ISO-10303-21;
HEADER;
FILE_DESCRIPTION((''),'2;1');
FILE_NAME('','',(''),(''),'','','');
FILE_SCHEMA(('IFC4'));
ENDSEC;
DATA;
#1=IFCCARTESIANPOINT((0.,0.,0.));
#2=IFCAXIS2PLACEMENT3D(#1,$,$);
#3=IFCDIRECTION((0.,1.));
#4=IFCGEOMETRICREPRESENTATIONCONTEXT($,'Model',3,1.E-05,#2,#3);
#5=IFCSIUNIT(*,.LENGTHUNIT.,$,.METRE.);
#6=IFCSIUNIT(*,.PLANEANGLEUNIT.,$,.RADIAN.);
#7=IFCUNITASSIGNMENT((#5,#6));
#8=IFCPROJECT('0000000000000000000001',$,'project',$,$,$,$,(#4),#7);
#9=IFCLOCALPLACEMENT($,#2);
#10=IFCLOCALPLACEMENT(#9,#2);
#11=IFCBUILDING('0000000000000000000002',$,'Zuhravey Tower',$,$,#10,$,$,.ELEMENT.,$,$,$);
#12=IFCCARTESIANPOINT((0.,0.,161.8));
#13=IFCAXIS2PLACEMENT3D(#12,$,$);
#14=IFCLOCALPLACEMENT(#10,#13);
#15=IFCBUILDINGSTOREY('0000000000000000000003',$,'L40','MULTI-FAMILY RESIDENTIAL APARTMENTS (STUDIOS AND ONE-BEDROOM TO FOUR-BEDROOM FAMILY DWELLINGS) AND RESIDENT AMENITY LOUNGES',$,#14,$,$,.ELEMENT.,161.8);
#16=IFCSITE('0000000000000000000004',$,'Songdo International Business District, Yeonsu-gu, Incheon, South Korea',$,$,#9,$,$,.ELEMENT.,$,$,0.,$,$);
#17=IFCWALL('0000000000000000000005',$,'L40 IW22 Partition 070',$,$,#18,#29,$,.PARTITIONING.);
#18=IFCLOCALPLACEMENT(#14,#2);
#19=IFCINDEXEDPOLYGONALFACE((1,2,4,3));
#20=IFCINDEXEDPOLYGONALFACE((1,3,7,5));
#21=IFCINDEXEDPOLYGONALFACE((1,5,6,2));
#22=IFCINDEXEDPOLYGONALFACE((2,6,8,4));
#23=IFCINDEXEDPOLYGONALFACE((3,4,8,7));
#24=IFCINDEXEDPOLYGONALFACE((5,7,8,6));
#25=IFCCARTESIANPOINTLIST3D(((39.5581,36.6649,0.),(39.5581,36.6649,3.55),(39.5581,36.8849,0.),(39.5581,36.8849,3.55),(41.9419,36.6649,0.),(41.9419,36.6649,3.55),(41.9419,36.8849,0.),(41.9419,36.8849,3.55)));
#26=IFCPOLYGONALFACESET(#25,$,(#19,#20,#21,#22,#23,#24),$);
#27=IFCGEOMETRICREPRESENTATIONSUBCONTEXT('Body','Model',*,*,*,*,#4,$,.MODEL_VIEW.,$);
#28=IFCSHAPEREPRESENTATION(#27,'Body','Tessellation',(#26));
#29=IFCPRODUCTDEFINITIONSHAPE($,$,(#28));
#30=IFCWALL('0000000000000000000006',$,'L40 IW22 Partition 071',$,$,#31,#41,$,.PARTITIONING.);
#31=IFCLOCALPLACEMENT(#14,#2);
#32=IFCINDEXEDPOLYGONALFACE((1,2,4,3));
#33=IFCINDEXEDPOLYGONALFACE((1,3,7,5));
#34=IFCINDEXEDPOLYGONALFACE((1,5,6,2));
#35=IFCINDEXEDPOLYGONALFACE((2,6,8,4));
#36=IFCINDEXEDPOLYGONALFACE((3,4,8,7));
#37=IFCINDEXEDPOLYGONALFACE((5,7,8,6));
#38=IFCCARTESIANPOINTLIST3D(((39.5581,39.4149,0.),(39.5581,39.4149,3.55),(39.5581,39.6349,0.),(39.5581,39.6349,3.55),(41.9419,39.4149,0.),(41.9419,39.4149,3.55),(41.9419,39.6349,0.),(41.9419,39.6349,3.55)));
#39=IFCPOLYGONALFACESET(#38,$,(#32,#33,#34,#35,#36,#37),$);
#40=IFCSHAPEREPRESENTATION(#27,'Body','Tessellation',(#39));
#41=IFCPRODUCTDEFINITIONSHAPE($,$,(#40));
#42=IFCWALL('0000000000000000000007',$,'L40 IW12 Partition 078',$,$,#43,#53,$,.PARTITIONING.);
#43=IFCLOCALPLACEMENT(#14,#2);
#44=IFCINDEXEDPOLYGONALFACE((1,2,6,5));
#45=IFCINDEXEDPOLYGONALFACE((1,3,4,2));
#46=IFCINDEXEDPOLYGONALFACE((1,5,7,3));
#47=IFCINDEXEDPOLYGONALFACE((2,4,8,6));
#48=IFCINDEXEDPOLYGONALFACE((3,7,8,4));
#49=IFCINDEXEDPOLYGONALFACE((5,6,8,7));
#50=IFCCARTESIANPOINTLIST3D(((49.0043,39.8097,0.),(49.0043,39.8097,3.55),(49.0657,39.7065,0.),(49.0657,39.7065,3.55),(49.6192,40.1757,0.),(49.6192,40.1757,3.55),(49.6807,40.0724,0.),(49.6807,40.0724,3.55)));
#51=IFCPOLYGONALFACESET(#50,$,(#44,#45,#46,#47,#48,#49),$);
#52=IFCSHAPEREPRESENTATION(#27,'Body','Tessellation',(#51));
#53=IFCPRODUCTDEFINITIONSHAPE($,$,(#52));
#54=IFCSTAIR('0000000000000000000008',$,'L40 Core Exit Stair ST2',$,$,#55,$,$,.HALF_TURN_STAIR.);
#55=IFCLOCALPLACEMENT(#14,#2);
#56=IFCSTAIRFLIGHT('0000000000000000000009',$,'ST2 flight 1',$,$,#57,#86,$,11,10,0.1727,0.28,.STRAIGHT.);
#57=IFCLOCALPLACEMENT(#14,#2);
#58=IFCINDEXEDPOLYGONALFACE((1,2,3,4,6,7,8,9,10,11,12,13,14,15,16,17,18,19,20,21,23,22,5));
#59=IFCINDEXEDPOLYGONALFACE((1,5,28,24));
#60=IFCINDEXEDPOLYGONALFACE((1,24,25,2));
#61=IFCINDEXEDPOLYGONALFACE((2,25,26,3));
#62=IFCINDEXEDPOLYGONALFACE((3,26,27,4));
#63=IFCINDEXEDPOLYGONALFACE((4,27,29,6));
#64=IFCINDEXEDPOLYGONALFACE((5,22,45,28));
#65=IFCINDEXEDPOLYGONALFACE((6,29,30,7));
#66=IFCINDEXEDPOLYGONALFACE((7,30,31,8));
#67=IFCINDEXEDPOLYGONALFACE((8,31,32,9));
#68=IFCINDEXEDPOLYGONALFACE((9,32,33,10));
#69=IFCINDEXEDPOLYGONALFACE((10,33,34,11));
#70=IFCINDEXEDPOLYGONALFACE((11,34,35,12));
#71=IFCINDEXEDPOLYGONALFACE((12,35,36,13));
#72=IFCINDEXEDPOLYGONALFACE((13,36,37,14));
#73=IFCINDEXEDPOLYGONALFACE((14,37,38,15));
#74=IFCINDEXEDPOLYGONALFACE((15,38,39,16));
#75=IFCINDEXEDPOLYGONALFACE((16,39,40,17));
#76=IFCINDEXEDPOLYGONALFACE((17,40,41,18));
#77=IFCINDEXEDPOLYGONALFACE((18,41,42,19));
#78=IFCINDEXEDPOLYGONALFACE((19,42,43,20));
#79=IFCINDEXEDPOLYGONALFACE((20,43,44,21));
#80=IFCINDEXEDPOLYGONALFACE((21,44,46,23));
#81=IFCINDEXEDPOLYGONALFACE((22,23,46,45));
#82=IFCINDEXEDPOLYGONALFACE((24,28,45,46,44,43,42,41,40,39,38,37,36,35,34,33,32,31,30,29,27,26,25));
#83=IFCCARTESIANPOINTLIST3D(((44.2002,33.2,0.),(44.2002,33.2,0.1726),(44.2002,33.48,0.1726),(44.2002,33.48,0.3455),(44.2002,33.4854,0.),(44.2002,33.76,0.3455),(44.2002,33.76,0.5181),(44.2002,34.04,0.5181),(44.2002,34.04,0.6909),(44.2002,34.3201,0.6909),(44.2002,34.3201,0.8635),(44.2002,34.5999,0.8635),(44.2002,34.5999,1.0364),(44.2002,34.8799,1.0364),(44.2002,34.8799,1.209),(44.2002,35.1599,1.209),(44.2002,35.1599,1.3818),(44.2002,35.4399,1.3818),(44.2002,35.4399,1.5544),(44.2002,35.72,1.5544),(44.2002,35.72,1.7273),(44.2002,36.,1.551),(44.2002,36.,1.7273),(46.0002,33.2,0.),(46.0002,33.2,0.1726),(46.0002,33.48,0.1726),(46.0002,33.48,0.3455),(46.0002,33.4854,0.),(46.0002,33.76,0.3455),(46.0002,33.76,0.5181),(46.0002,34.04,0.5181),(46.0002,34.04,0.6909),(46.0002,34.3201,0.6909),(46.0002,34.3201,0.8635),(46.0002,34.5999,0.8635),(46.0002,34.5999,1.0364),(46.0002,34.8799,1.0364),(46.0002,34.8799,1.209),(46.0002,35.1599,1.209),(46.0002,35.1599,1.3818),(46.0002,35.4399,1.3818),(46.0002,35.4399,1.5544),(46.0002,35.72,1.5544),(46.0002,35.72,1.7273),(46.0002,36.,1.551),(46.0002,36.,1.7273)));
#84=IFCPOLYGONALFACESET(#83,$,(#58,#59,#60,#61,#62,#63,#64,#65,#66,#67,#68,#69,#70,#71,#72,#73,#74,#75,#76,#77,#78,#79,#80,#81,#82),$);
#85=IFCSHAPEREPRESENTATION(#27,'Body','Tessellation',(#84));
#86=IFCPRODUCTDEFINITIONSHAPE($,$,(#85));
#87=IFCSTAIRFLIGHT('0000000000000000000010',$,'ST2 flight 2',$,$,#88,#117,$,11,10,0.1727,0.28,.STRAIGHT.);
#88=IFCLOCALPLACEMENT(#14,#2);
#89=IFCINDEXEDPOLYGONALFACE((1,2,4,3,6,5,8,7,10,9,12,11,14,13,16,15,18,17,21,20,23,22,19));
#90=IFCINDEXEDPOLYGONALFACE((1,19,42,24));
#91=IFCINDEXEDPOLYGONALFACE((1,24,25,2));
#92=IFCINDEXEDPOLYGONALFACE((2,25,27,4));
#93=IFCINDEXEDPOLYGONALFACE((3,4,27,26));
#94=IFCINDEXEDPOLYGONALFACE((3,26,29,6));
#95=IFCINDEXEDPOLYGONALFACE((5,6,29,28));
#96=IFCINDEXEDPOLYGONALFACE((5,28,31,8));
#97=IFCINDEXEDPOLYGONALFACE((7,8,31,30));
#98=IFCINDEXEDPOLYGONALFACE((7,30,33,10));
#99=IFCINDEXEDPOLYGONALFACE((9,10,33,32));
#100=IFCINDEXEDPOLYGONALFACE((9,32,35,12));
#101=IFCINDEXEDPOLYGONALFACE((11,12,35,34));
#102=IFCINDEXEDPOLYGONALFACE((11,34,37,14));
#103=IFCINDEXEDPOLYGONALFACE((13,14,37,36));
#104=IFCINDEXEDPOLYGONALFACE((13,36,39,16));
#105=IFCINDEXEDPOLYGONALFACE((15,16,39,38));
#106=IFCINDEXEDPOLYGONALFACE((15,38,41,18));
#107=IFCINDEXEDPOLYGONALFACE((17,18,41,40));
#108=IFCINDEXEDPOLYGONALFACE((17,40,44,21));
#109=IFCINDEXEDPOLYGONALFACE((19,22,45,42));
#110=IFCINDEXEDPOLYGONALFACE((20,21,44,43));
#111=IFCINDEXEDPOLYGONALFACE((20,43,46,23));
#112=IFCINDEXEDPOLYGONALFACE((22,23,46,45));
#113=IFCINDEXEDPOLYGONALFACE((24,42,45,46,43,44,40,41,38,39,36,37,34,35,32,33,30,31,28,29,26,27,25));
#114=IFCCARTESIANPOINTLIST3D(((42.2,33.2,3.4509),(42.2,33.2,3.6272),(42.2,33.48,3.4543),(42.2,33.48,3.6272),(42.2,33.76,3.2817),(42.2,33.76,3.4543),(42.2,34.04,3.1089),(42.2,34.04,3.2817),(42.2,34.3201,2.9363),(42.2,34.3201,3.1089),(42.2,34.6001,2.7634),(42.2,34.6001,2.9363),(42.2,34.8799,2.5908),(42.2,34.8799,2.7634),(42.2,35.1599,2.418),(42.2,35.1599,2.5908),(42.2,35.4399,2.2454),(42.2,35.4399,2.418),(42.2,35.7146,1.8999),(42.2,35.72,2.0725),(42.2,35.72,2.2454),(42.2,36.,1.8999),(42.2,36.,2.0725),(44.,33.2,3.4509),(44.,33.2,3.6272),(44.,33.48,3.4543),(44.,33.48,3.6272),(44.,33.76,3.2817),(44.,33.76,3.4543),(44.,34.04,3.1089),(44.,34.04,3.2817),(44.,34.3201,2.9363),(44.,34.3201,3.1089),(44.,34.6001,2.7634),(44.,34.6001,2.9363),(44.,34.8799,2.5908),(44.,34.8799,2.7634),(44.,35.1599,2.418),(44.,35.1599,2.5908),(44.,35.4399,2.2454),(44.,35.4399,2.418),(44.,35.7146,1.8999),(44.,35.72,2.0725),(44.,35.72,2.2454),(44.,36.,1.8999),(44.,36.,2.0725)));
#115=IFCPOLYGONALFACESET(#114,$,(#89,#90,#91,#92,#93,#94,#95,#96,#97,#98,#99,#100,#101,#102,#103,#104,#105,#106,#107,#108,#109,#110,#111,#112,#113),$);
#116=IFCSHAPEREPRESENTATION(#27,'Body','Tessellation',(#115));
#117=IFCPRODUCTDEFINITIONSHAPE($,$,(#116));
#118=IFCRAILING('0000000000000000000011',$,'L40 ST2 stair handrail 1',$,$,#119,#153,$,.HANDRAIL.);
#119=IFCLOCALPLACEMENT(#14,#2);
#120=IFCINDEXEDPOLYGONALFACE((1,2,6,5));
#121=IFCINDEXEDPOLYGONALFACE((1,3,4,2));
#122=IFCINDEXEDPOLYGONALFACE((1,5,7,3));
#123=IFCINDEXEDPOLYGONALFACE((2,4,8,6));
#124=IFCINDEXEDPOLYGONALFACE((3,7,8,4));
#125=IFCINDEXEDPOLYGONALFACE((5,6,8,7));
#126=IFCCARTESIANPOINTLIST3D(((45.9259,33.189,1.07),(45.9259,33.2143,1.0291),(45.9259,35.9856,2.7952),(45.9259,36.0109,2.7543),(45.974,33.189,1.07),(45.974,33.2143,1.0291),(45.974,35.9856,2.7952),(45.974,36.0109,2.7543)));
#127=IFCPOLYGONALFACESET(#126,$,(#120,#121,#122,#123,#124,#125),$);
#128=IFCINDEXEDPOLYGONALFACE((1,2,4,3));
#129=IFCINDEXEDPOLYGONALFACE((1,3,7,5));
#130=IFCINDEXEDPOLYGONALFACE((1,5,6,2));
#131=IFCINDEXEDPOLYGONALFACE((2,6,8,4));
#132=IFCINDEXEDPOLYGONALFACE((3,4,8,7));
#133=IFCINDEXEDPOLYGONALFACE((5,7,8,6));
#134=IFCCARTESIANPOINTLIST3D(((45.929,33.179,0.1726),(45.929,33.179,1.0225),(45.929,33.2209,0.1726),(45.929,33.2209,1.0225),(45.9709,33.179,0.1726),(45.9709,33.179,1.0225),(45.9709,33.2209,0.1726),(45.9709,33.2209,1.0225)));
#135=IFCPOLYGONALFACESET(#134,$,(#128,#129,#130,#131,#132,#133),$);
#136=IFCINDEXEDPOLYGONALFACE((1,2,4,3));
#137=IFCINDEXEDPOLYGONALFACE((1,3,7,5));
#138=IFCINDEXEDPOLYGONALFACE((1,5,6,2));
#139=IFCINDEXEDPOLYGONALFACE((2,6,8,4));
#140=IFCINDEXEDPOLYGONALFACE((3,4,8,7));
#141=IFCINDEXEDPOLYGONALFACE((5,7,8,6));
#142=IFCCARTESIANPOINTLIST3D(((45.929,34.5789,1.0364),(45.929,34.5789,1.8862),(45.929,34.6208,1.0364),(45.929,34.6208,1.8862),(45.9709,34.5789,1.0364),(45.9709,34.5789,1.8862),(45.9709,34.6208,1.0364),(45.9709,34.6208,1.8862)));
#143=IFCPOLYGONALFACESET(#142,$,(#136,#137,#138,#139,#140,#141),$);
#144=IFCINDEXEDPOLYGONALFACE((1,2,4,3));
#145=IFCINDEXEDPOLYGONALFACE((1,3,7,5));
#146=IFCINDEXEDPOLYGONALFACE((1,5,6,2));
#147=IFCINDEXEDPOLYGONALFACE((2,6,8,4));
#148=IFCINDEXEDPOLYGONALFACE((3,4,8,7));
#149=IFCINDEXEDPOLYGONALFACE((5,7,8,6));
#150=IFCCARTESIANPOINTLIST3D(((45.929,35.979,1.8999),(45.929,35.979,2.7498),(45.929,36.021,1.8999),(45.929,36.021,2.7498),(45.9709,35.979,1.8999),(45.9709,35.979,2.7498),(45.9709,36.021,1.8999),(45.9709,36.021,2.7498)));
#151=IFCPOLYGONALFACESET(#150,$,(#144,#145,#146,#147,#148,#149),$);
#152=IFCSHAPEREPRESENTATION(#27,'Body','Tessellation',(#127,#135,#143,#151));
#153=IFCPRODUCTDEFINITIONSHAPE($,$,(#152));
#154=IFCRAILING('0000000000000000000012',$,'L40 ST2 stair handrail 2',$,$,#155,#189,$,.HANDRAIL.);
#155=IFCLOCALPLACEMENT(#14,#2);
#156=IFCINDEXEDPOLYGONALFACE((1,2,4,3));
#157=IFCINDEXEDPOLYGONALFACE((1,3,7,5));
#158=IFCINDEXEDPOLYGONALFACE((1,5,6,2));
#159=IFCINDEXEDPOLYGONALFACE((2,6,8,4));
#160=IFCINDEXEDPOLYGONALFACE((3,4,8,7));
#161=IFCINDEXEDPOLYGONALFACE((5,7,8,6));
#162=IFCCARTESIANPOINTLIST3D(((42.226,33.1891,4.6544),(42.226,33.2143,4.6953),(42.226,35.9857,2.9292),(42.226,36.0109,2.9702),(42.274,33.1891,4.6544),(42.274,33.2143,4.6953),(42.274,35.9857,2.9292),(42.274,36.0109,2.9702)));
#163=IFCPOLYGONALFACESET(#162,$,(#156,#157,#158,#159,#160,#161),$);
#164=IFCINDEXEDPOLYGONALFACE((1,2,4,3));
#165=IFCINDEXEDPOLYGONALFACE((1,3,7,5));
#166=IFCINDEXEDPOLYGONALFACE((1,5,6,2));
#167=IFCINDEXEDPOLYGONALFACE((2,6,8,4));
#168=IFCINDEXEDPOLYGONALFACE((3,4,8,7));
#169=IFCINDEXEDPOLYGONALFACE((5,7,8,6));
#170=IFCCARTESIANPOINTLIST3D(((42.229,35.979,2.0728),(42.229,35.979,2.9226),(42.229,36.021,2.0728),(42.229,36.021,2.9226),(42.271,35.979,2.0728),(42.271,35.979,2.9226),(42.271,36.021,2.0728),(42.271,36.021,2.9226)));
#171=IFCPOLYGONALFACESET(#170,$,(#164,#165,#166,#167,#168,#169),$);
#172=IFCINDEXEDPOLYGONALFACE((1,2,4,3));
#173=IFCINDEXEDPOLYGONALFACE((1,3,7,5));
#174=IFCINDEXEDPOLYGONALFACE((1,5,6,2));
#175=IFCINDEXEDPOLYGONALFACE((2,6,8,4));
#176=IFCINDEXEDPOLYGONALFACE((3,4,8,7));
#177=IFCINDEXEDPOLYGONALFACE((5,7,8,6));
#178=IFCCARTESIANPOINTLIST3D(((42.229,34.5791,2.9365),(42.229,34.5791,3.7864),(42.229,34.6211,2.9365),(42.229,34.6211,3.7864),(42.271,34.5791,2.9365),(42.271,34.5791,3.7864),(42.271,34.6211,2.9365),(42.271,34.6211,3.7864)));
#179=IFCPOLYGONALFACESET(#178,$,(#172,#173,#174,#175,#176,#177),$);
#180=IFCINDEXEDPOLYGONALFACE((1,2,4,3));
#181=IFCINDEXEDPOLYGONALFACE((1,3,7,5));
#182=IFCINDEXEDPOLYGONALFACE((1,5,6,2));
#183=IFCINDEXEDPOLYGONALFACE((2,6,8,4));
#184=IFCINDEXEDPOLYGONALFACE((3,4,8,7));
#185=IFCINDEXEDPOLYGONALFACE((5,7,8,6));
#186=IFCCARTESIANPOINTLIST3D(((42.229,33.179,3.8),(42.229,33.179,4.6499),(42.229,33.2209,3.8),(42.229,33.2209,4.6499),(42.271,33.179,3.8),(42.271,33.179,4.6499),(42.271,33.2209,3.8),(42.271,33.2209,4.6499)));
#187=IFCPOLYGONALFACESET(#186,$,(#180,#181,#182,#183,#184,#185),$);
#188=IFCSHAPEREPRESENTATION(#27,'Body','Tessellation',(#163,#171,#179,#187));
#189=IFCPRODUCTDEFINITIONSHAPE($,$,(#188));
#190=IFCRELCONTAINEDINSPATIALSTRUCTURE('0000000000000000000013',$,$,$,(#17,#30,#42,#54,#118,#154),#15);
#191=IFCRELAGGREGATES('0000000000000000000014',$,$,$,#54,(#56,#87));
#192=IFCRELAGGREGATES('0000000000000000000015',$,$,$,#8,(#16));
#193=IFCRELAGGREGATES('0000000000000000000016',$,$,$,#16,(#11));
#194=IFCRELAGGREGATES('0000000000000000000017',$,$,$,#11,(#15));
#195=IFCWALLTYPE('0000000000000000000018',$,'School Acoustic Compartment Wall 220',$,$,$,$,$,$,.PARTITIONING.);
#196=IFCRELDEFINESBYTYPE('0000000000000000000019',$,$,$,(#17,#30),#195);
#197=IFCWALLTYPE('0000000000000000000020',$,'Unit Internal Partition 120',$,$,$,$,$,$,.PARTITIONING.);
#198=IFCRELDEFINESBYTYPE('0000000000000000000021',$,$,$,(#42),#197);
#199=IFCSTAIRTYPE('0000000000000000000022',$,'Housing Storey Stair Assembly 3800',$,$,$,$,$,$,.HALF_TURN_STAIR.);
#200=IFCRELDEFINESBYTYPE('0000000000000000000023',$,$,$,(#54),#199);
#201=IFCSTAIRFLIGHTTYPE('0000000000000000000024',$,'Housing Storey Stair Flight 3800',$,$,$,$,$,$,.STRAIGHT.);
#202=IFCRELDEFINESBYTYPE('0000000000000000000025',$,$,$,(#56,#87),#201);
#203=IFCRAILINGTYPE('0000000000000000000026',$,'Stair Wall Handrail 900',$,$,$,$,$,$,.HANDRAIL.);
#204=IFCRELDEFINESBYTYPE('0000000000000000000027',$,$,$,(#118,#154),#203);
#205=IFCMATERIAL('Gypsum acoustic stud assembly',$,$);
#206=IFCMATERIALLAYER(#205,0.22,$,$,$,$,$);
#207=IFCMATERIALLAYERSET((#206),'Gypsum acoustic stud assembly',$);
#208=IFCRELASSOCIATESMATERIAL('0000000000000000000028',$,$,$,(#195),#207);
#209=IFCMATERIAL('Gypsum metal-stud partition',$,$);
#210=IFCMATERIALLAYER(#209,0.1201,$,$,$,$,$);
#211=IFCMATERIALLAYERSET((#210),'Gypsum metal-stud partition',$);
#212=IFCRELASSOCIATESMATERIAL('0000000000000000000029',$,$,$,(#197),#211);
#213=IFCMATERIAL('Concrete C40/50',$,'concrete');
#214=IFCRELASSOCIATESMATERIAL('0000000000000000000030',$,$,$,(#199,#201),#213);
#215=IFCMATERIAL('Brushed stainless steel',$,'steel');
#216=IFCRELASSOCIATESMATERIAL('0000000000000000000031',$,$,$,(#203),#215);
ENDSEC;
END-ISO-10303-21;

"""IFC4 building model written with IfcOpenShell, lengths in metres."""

from ifc_helpers import new_model, si_unit, direction, frame, frame_2d, origin, origin_2d, place, context, subcontext, project, spatial, polyline, rectangle, outline, extrude, material, layer, layer_set, type_object, element, aggregate, save


model = new_model("IFC4")

# Units and contexts
model_context = context("Model", 3, precision=1e-05, world=origin(), true_north=direction((0.0, 1.0)))
body_context = subcontext(model_context, "Body", "Model", "MODEL_VIEW")
ifc_project = project(units=[si_unit("LENGTHUNIT", "METRE"), si_unit("PLANEANGLEUNIT", "RADIAN")], contexts=[model_context])

# Site, building, storey
site_placement = place(None, origin())
site = spatial("IfcSite", under=ifc_project, at=site_placement, Name="Songdo International Business District, Yeonsu-gu, Incheon, South Korea", CompositionType="ELEMENT", RefElevation=0.0)
building_placement = place(site_placement, origin())
building = spatial("IfcBuilding", under=site, at=building_placement, Name="Zuhravey Tower", CompositionType="ELEMENT")
storey_placement = place(building_placement, frame((0.0, 0.0, 161.8)))
storey = spatial("IfcBuildingStorey", under=building, at=storey_placement, Name="L40", Description="MULTI-FAMILY RESIDENTIAL APARTMENTS (STUDIOS AND ONE-BEDROOM TO FOUR-BEDROOM FAMILY DWELLINGS) AND RESIDENT AMENITY LOUNGES", CompositionType="ELEMENT", Elevation=161.8)

# Walls
ifc_material_1 = material(Name="Gypsum acoustic stud assembly")
ifc_layer_1 = layer(ifc_material_1, 0.22)
ifc_layer_set_1 = layer_set([ifc_layer_1], Name="Gypsum acoustic stud assembly")
wall_type_1 = type_object("IfcWallType", Name="School Acoustic Compartment Wall 220", PredefinedType="PARTITIONING", material=ifc_layer_set_1)
for number, where, z_axis, x_axis, name in (
    (1, (39.5581, 36.7749, 0.0), (0.0, 0.0, 1.0), (1.0, 0.0, 0.0), "L40 IW22 Partition 070"),
    (2, (39.5581, 39.5249, 0.0), (0.0, 0.0, 1.0), (1.0, 0.0, 0.0), "L40 IW22 Partition 071"),
):
    element("IfcWall", number, at=place(storey_placement, frame(where, z_axis=z_axis, x_axis=x_axis)), inside=storey, type_object=wall_type_1, Name=name, PredefinedType="PARTITIONING", context=body_context, shape_type="SweptSolid", body=[
        extrude(rectangle(XDim=2.3838, YDim=0.22, at=frame_2d((1.1919, 0.0))), origin(), (0.0, 0.0, 1.0), 3.55),
    ])
ifc_material_2 = material(Name="Gypsum metal-stud partition")
ifc_layer_2 = layer(ifc_material_2, 0.1201)
ifc_layer_set_2 = layer_set([ifc_layer_2], Name="Gypsum metal-stud partition")
wall_type_2 = type_object("IfcWallType", Name="Unit Internal Partition 120", PredefinedType="PARTITIONING", material=ifc_layer_set_2)
wall_1_placement = place(storey_placement, frame((49.0349, 39.7581, 0.0), z_axis=(0.0, 0.0, 1.0), x_axis=(0.859354, 0.511382, 0.0)))
element("IfcWall", 3, at=wall_1_placement, inside=storey, type_object=wall_type_2, Name="L40 IW12 Partition 078", PredefinedType="PARTITIONING", context=body_context, shape_type="SweptSolid", body=[
    extrude(rectangle(XDim=0.7156, YDim=0.1201, at=frame_2d((0.3579, 0.0))), origin(), (0.0, 0.0, 1.0), 3.55),
])

# Stair, stair flights
ifc_material_3 = material(Name="Concrete C40/50", Category="concrete")
stair_type = type_object("IfcStairType", Name="Housing Storey Stair Assembly 3800", PredefinedType="HALF_TURN_STAIR", material=ifc_material_3)
stair_placement = place(storey_placement, origin())
stair = element("IfcStair", 4, at=stair_placement, inside=storey, type_object=stair_type, Name="L40 Core Exit Stair ST2", PredefinedType="HALF_TURN_STAIR")
stair_flight_type = type_object("IfcStairFlightType", Name="Housing Storey Stair Flight 3800", PredefinedType="STRAIGHT", material=ifc_material_3)
stair_flight_1_placement = place(storey_placement, frame((45.1001, 33.2, 0.0), z_axis=(0.0, 0.0, 1.0), x_axis=(0.0, 1.0, 0.0)))
stair_flight_1 = element("IfcStairFlight", 5, at=stair_flight_1_placement, type_object=stair_flight_type, Name="ST2 flight 1", NumberOfRisers=11, NumberOfTreads=10, PredefinedType="STRAIGHT", RiserHeight=0.1727, TreadLength=0.28, context=body_context, shape_type="SweptSolid", body=[
    extrude(outline(polyline([(0.0, 0.0), (0.0, 0.1726), (0.28, 0.1726), (0.28, 0.3455), (0.5601, 0.3455), (0.5601, 0.5181), (0.8401, 0.5181), (0.8401, 0.6909), (1.1201, 0.6909), (1.1201, 0.8635), (1.3999, 0.8635), (1.3999, 1.0364), (1.6799, 1.0364), (1.6799, 1.209), (1.96, 1.209), (1.96, 1.3818), (2.24, 1.3818), (2.24, 1.5544), (2.52, 1.5544), (2.52, 1.7273), (2.8, 1.7273), (2.8, 1.8999), (2.8, 1.551), (0.2854, 0.0), (0.0, 0.0)])), frame((0.0, 0.8999, 0.0), z_axis=(0.0, -1.0, 0.0), x_axis=(1.0, 0.0, 0.0)), (0.0, 0.0, 1.0), 1.8),
])
stair_flight_2_placement = place(storey_placement, frame((43.1001, 36.0, 1.8999), z_axis=(0.0, 0.0, 1.0), x_axis=(0.0, -1.0, 0.0)))
stair_flight_2 = element("IfcStairFlight", 6, at=stair_flight_2_placement, type_object=stair_flight_type, Name="ST2 flight 2", NumberOfRisers=11, NumberOfTreads=10, PredefinedType="STRAIGHT", RiserHeight=0.1727, TreadLength=0.28, context=body_context, shape_type="SweptSolid", body=[
    extrude(outline(polyline([(0.0, 0.0), (0.0, 0.1726), (0.28, 0.1726), (0.28, 0.3455), (0.5601, 0.3455), (0.5601, 0.5181), (0.8401, 0.5181), (0.8401, 0.6909), (1.1201, 0.6909), (1.1201, 0.8635), (1.3999, 0.8635), (1.3999, 1.0364), (1.6799, 1.0364), (1.6799, 1.209), (1.96, 1.209), (1.96, 1.3818), (2.24, 1.3818), (2.24, 1.5544), (2.52, 1.5544), (2.52, 1.7273), (2.8, 1.7273), (2.8, 1.8999), (2.8, 1.551), (0.2854, 0.0), (0.0, 0.0)])), frame((0.0, 0.8999, 0.0), z_axis=(0.0, -1.0, 0.0), x_axis=(1.0, 0.0, 0.0)), (0.0, 0.0, 1.0), 1.8),
])
aggregate(stair, [stair_flight_1, stair_flight_2])

# Railings
ifc_material_4 = material(Name="Brushed stainless steel", Category="steel")
railing_type_1 = type_object("IfcRailingType", Name="Stair Wall Handrail 900", PredefinedType="HANDRAIL", material=ifc_material_4)
railing_1_placement = place(storey_placement, frame((45.95, 33.2, 0.1726)))
element("IfcRailing", 7, at=railing_1_placement, inside=storey, type_object=railing_type_1, Name="L40 ST2 stair handrail 1", PredefinedType="HANDRAIL", context=body_context, shape_type="SweptSolid", body=[
    extrude(rectangle(XDim=0.0481, YDim=0.0481, at=origin_2d()), frame((0.0, 0.0017, 0.877), z_axis=(0.0, 0.85109, 0.52502), x_axis=(-1.0, 0.0, 0.0)), (0.0, 0.0, 1.0), 3.2859),
    extrude(rectangle(XDim=0.042, YDim=0.042, at=origin_2d()), origin(), (0.0, 0.0, 1.0), 0.8499),
    extrude(rectangle(XDim=0.042, YDim=0.042, at=origin_2d()), frame((0.0, 1.3999, 0.8638)), (0.0, 0.0, 1.0), 0.8499),
    extrude(rectangle(XDim=0.042, YDim=0.042, at=origin_2d()), frame((0.0, 2.8, 1.7273)), (0.0, 0.0, 1.0), 0.8499),
])
railing_2_placement = place(storey_placement, frame((42.25, 36.0, 2.0728)))
element("IfcRailing", 8, at=railing_2_placement, inside=storey, type_object=railing_type_1, Name="L40 ST2 stair handrail 2", PredefinedType="HANDRAIL", context=body_context, shape_type="SweptSolid", body=[
    extrude(rectangle(XDim=0.0481, YDim=0.0481, at=origin_2d()), frame((0.0, -0.0017, 0.877), z_axis=(0.0, -0.85109, 0.52502), x_axis=(1.0, 0.0, 0.0)), (0.0, 0.0, 1.0), 3.2859),
    extrude(rectangle(XDim=0.042, YDim=0.042, at=origin_2d()), origin(), (0.0, 0.0, 1.0), 0.8499),
    extrude(rectangle(XDim=0.042, YDim=0.042, at=origin_2d()), frame((0.0, -1.3999, 0.8638)), (0.0, 0.0, 1.0), 0.8499),
    extrude(rectangle(XDim=0.042, YDim=0.042, at=origin_2d()), frame((0.0, -2.8, 1.7273)), (0.0, 0.0, 1.0), 0.8499),
])

save(model, "model.ifc")
